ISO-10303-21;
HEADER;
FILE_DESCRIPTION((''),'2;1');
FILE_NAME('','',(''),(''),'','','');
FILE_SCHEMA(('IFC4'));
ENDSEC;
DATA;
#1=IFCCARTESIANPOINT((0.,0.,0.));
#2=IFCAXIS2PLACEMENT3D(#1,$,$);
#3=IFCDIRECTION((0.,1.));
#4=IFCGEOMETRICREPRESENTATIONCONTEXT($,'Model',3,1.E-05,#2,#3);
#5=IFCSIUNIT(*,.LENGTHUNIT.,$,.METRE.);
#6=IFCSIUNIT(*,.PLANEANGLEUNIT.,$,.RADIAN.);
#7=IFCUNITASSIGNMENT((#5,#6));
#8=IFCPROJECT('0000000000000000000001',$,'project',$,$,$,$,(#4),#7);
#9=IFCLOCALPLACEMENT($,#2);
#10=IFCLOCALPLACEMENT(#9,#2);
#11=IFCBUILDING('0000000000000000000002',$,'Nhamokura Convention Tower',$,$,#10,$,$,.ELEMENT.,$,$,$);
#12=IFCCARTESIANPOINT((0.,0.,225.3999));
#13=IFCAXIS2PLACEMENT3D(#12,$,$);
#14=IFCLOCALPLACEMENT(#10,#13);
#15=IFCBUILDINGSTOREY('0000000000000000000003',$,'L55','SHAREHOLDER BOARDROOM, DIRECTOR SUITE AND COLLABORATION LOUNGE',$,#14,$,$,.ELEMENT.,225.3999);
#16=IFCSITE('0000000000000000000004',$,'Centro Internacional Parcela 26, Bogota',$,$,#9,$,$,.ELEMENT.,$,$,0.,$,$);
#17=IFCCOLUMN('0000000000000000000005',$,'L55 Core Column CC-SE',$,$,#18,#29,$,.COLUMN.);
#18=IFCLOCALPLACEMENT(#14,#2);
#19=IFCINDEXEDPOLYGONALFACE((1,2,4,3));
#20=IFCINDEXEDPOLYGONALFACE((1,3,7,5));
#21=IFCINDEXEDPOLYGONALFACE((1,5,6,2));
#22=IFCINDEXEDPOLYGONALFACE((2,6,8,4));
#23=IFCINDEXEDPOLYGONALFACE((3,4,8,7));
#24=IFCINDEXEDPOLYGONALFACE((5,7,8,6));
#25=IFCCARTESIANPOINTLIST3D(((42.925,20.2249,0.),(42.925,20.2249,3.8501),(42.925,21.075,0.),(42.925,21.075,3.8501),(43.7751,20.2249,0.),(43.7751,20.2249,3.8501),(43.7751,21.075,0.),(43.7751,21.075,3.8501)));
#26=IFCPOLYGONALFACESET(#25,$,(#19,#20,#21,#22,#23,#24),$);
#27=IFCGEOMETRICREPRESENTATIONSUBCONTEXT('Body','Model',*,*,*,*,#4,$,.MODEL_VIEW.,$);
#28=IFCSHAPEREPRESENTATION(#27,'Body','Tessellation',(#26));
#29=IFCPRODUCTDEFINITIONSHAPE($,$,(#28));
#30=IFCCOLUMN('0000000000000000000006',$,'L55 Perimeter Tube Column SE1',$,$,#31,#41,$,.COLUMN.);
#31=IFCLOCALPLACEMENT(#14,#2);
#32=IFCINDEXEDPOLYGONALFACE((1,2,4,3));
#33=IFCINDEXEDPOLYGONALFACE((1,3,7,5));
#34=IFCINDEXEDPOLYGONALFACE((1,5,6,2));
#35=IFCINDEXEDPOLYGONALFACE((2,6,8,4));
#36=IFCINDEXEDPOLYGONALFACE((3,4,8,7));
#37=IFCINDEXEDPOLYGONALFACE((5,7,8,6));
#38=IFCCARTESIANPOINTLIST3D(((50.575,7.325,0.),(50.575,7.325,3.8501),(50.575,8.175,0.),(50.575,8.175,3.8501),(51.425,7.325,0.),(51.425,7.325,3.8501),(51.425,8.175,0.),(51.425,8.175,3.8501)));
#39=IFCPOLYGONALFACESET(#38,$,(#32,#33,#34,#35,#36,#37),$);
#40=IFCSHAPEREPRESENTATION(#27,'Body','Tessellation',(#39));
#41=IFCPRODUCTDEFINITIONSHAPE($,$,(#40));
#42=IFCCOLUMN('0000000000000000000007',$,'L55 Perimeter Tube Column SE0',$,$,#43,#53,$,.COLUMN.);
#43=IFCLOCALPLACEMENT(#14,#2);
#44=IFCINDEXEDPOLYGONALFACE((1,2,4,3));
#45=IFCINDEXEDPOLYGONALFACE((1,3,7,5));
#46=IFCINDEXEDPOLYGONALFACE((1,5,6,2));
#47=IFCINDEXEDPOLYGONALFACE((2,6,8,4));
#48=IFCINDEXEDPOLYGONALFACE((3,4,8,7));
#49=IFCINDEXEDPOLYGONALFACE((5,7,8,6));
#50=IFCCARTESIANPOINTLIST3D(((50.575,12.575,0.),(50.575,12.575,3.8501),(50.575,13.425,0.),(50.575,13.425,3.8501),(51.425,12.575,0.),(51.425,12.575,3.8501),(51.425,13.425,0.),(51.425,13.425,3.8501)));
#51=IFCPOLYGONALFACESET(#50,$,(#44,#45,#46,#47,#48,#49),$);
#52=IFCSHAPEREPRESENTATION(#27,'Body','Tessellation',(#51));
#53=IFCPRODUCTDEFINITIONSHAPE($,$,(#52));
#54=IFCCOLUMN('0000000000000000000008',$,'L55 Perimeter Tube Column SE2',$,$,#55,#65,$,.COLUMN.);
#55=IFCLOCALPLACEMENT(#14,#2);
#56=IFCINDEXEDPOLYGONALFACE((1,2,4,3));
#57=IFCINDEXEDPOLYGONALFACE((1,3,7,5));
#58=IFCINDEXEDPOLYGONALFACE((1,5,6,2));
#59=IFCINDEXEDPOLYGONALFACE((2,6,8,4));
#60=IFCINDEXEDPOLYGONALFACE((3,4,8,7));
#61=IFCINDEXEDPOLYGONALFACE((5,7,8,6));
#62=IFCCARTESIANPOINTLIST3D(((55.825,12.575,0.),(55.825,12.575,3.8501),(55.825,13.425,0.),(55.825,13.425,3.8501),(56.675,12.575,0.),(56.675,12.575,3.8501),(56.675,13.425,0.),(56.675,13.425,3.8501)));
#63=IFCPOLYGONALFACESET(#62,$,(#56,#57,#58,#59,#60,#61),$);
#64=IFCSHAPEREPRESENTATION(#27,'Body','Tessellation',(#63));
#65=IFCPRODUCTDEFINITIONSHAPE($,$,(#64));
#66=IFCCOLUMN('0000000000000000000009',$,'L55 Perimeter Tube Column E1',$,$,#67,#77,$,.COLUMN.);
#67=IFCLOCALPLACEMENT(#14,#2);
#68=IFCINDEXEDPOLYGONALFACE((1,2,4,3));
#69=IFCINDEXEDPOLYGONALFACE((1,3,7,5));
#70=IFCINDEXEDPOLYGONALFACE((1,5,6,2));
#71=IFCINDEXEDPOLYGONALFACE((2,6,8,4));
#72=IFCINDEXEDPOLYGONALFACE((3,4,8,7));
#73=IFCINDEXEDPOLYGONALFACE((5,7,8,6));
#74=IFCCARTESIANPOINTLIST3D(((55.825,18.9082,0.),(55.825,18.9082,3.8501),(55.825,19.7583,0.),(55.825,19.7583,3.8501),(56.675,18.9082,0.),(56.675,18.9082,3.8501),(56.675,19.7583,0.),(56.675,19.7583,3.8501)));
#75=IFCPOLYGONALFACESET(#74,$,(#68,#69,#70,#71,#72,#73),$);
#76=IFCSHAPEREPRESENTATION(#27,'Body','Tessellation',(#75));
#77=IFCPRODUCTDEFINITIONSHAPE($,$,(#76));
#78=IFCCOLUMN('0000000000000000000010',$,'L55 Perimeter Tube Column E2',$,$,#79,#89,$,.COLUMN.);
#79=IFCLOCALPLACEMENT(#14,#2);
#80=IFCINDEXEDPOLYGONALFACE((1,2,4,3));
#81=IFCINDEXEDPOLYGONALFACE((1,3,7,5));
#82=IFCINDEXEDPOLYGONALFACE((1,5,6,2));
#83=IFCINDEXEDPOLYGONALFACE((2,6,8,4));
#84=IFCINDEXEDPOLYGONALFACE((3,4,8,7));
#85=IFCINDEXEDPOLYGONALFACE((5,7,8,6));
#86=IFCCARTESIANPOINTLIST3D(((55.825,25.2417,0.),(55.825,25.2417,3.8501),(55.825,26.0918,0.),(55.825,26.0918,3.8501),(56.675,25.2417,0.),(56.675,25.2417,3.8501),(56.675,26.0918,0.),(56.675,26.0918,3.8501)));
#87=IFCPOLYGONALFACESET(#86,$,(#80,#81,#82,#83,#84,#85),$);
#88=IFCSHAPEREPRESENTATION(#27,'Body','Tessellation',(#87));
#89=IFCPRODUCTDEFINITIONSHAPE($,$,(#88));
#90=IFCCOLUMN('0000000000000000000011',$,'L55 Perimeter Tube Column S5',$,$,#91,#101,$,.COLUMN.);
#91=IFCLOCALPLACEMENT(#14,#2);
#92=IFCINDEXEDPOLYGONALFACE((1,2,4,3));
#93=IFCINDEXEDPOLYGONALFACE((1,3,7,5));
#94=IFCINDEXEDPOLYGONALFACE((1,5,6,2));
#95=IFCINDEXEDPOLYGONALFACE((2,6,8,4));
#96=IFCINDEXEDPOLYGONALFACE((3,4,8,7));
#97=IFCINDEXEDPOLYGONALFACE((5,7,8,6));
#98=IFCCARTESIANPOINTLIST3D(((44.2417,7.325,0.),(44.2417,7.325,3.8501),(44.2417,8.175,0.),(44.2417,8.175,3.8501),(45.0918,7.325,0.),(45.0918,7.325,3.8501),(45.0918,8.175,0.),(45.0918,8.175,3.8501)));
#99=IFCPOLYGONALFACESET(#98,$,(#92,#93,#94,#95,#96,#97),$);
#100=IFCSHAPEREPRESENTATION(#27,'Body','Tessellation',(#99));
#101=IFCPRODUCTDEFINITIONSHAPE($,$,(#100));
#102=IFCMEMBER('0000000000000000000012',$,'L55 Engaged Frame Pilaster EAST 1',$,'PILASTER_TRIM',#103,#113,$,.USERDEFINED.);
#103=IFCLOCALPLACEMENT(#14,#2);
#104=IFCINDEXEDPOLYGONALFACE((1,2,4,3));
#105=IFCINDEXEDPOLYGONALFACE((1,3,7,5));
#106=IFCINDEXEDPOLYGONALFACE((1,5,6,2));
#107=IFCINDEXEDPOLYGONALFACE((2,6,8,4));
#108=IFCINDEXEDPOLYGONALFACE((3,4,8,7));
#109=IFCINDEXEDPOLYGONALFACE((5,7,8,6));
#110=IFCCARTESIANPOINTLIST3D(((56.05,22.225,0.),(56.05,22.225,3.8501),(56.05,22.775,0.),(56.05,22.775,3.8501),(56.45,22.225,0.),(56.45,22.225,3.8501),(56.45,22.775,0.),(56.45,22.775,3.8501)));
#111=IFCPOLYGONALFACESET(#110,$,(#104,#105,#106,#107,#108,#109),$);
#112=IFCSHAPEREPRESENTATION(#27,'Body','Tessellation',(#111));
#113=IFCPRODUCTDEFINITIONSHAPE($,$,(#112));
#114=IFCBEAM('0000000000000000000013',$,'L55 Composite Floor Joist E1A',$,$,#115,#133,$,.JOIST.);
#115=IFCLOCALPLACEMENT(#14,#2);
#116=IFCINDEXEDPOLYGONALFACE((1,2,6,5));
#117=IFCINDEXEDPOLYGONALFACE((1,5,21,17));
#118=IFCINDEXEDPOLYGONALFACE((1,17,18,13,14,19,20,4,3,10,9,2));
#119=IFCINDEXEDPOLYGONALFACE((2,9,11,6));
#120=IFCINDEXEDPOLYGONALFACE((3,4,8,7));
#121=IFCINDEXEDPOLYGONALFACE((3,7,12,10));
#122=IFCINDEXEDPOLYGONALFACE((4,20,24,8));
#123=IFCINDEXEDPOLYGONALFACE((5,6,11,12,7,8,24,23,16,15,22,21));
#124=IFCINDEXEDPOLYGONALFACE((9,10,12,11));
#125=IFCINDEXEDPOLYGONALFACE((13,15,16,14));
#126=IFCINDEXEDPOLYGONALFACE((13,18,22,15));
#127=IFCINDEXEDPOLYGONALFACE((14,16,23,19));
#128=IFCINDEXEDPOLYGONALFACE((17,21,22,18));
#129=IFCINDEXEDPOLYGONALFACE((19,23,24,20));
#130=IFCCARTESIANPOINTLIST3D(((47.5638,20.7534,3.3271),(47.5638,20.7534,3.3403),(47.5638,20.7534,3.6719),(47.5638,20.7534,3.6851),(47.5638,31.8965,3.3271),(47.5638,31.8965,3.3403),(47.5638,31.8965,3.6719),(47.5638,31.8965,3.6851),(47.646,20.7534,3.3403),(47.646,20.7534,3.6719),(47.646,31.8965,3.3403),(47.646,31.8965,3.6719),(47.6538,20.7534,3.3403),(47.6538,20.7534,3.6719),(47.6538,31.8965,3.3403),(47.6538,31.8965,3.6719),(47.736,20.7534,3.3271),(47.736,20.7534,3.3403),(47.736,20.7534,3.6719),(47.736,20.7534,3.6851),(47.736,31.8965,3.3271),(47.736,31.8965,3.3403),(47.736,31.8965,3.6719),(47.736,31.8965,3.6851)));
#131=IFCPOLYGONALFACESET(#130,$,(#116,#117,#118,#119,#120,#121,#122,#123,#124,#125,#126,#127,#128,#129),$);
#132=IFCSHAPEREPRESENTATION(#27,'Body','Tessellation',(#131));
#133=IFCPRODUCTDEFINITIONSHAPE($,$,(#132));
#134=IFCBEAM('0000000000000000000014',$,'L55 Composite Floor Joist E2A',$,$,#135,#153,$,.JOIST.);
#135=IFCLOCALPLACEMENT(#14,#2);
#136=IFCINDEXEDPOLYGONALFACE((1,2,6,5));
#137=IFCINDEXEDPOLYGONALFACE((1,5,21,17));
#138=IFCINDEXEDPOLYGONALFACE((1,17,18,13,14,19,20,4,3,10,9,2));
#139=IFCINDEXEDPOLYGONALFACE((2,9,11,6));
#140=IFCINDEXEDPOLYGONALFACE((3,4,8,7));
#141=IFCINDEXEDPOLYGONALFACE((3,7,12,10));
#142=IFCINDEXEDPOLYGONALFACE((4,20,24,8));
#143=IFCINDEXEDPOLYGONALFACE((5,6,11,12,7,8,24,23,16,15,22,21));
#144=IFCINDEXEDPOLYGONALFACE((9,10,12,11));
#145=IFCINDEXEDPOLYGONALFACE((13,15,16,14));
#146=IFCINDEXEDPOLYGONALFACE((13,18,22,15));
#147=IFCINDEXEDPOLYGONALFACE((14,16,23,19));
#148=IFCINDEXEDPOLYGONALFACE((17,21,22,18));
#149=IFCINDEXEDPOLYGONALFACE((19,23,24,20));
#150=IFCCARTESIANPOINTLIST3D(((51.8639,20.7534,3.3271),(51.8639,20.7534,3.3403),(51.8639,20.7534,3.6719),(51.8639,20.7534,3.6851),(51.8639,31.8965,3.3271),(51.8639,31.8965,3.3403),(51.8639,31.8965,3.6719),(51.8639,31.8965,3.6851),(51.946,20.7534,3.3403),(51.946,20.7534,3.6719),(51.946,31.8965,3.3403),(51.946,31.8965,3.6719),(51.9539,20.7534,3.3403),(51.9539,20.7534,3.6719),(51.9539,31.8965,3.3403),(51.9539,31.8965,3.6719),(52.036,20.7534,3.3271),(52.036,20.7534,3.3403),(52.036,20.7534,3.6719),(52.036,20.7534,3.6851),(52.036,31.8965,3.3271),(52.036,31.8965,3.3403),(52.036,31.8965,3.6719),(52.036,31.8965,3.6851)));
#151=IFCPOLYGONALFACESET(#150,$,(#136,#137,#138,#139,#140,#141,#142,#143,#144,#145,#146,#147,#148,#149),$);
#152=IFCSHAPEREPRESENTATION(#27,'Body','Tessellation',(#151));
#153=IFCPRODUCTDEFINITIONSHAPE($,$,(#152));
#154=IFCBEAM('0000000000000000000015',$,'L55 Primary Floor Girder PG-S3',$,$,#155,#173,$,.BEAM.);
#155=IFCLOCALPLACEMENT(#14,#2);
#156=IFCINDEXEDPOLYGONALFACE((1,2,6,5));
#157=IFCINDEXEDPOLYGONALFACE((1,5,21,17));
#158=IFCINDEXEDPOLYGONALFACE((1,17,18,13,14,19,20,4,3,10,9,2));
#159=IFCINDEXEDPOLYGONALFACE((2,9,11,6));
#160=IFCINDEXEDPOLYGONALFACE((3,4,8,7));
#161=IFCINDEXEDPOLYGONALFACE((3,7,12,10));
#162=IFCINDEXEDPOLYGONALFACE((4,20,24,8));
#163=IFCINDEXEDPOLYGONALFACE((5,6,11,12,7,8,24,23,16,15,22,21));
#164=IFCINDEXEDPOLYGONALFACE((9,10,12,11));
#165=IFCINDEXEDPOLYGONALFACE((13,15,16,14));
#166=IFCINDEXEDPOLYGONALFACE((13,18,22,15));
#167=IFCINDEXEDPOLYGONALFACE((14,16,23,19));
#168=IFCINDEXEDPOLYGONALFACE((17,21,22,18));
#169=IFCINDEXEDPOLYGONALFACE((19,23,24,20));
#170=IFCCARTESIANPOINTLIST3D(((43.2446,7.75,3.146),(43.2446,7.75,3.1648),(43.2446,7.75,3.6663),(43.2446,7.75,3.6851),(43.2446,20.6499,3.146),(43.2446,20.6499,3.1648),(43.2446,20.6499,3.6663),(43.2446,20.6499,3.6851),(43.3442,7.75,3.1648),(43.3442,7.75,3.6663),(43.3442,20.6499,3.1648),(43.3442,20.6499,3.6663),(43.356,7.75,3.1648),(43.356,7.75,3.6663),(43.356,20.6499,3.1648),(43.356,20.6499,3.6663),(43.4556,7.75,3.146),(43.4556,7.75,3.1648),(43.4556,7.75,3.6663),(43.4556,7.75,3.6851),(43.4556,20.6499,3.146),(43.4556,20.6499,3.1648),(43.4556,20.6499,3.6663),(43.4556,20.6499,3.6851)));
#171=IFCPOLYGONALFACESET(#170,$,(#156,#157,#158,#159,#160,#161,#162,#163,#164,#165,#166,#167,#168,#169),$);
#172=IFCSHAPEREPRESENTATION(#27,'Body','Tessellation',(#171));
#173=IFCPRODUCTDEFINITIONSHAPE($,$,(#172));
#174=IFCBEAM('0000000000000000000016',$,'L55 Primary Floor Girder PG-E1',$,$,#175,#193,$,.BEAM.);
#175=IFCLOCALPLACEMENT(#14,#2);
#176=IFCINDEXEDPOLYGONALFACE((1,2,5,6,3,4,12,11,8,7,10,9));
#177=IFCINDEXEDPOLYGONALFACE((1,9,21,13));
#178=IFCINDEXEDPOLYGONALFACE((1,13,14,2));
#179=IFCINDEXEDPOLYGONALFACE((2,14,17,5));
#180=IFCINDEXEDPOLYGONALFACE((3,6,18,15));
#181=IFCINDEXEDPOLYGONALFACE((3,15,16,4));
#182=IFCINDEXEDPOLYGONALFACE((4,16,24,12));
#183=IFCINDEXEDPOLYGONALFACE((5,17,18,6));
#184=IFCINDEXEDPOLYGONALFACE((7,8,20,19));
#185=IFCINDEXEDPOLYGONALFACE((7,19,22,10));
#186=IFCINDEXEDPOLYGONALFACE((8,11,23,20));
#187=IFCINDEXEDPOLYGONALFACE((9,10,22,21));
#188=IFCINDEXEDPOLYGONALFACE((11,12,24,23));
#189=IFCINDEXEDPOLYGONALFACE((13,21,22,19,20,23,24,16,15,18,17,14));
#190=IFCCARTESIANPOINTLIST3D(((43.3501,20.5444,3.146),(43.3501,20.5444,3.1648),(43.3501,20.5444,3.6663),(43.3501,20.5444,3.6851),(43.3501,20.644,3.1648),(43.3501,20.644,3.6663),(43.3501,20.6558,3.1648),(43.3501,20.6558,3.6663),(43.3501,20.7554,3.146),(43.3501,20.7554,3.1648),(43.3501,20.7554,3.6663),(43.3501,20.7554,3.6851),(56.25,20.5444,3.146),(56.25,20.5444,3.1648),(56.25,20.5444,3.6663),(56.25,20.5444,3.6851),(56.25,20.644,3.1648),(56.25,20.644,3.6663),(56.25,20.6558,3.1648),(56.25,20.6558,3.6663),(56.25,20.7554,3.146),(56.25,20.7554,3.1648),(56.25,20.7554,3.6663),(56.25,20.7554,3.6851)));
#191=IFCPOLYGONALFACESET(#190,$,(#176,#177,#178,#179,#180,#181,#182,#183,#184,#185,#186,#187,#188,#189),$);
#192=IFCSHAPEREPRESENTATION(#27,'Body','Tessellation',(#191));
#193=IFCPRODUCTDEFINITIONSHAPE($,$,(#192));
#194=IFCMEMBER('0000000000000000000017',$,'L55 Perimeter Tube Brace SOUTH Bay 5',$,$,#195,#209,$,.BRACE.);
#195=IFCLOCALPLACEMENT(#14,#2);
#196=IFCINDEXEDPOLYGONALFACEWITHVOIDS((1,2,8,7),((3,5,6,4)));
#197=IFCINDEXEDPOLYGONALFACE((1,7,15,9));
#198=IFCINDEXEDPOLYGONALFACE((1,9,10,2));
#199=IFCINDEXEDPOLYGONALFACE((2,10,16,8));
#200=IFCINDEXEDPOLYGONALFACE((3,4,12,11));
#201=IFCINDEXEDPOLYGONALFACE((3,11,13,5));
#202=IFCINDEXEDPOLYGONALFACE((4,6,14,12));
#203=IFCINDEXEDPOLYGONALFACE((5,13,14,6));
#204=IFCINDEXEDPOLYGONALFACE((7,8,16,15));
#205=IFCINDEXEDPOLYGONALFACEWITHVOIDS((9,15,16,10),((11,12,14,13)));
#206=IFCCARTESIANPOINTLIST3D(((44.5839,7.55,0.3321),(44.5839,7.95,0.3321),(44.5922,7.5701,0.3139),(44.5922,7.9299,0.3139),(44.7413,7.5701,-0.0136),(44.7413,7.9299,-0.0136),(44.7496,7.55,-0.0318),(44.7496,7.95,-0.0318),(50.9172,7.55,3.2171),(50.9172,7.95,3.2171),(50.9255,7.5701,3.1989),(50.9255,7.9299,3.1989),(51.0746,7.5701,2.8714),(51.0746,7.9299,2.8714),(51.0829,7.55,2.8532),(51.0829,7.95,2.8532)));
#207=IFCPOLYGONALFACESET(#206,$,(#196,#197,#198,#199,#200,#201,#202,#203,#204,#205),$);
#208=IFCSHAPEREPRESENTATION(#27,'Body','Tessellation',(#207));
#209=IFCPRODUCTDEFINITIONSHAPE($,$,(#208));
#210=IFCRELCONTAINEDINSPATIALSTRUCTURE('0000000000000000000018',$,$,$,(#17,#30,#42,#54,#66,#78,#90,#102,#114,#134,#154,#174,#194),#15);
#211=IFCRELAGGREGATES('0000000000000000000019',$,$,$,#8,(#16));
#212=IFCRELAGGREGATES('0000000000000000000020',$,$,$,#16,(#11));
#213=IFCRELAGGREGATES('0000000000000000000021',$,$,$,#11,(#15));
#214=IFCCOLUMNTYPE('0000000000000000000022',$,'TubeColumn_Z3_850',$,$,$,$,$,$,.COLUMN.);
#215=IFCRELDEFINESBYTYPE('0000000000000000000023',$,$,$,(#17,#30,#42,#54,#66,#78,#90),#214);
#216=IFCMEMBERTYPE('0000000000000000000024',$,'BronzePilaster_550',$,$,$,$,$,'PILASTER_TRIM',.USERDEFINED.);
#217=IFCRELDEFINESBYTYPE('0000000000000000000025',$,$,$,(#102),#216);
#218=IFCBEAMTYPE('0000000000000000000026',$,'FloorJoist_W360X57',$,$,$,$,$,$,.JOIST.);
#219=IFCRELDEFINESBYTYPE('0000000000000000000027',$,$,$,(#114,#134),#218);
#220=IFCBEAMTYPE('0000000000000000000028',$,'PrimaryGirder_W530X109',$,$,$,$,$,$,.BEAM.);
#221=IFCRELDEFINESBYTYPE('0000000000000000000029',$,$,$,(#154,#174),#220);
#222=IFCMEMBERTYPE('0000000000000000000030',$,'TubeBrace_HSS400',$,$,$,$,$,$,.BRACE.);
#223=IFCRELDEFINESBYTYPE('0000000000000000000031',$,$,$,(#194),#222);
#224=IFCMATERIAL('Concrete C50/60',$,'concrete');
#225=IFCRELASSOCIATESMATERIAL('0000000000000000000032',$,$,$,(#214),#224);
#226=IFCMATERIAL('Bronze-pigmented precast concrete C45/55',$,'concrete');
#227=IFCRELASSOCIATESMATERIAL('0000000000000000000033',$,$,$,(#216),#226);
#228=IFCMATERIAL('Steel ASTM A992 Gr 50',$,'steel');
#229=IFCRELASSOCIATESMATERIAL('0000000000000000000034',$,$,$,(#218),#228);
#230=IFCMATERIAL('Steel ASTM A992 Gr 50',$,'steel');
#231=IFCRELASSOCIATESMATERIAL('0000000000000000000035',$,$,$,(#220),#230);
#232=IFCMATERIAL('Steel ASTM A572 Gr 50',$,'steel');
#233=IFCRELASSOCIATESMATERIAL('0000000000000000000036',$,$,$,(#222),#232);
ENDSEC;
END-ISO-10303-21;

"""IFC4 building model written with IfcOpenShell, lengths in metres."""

from ifc_helpers import new_model, si_unit, direction, frame, origin, origin_2d, place, context, subcontext, project, spatial, rectangle, hollow_rectangle, i_section, extrude, material, material_profile, profile_set, type_object, element, save


model = new_model("IFC4")

# Units and contexts
model_context = context("Model", 3, precision=1e-05, world=origin(), true_north=direction((0.0, 1.0)))
body_context = subcontext(model_context, "Body", "Model", "MODEL_VIEW")
ifc_project = project(units=[si_unit("LENGTHUNIT", "METRE"), si_unit("PLANEANGLEUNIT", "RADIAN")], contexts=[model_context])

# Site, building, storey
site_placement = place(None, origin())
site = spatial("IfcSite", under=ifc_project, at=site_placement, Name="Centro Internacional Parcela 26, Bogota", CompositionType="ELEMENT", RefElevation=0.0)
building_placement = place(site_placement, origin())
building = spatial("IfcBuilding", under=site, at=building_placement, Name="Nhamokura Convention Tower", CompositionType="ELEMENT")
storey_placement = place(building_placement, frame((0.0, 0.0, 225.3999)))
storey = spatial("IfcBuildingStorey", under=building, at=storey_placement, Name="L55", Description="SHAREHOLDER BOARDROOM, DIRECTOR SUITE AND COLLABORATION LOUNGE", CompositionType="ELEMENT", Elevation=225.3999)

# Columns
ifc_material_1 = material(Name="Concrete C50/60", Category="concrete")
ifc_material_profile_1 = material_profile(ifc_material_1, rectangle(XDim=0.8501, YDim=0.8501, at=origin_2d()))
ifc_profile_set_1 = profile_set([ifc_material_profile_1], Name="Concrete C50/60")
column_type = type_object("IfcColumnType", Name="TubeColumn_Z3_850", PredefinedType="COLUMN", material=ifc_profile_set_1)
for number, where, z_axis, x_axis, name in (
    (1, (43.3501, 20.6499, 0.0), (0.0, 0.0, 1.0), (1.0, 0.0, 0.0), "L55 Core Column CC-SE"),
    (2, (51.0, 7.75, 0.0), (0.0, 0.0, 1.0), (1.0, 0.0, 0.0), "L55 Perimeter Tube Column SE1"),
    (3, (51.0, 13.0, 0.0), (0.0, 0.0, 1.0), (1.0, 0.0, 0.0), "L55 Perimeter Tube Column SE0"),
    (4, (56.25, 13.0, 0.0), (0.0, 0.0, 1.0), (1.0, 0.0, 0.0), "L55 Perimeter Tube Column SE2"),
    (5, (56.25, 19.3333, 0.0), (0.0, 0.0, 1.0), (1.0, 0.0, 0.0), "L55 Perimeter Tube Column E1"),
    (6, (56.25, 25.6667, 0.0), (0.0, 0.0, 1.0), (1.0, 0.0, 0.0), "L55 Perimeter Tube Column E2"),
    (7, (44.6667, 7.75, 0.0), (0.0, 0.0, 1.0), (1.0, 0.0, 0.0), "L55 Perimeter Tube Column S5"),
):
    element("IfcColumn", number, at=place(storey_placement, frame(where, z_axis=z_axis, x_axis=x_axis)), inside=storey, type_object=column_type, Name=name, PredefinedType="COLUMN", context=body_context, shape_type="SweptSolid", body=[
        extrude(rectangle(XDim=0.8501, YDim=0.8501, at=origin_2d()), origin(), (0.0, 0.0, 1.0), 3.8501),
    ])

# Member
ifc_material_2 = material(Name="Bronze-pigmented precast concrete C45/55", Category="concrete")
ifc_material_profile_2 = material_profile(ifc_material_2, rectangle(XDim=0.3999, YDim=0.55, at=origin_2d()))
ifc_profile_set_2 = profile_set([ifc_material_profile_2], Name="Bronze-pigmented precast concrete C45/55")
member_type_1 = type_object("IfcMemberType", Name="BronzePilaster_550", ElementType="PILASTER_TRIM", PredefinedType="USERDEFINED", material=ifc_profile_set_2)
member_placement = place(storey_placement, frame((56.25, 22.5, 0.0), z_axis=(0.0, 0.0, 1.0), x_axis=(1.0, 0.0, 0.0)))
element("IfcMember", 8, at=member_placement, inside=storey, type_object=member_type_1, Name="L55 Engaged Frame Pilaster EAST 1", ObjectType="PILASTER_TRIM", PredefinedType="USERDEFINED", context=body_context, shape_type="SweptSolid", body=[
    extrude(rectangle(XDim=0.3999, YDim=0.55, at=origin_2d()), origin(), (0.0, 0.0, 1.0), 3.8501),
])

# Beams
ifc_material_3 = material(Name="Steel ASTM A992 Gr 50", Category="steel")
ifc_material_profile_3 = material_profile(ifc_material_3, i_section(OverallWidth=0.1721, OverallDepth=0.3579, WebThickness=0.0078, FlangeThickness=0.0132, at=origin_2d()))
ifc_profile_set_3 = profile_set([ifc_material_profile_3], Name="Steel ASTM A992 Gr 50")
beam_type_1 = type_object("IfcBeamType", Name="FloorJoist_W360X57", PredefinedType="JOIST", material=ifc_profile_set_3)
for number, where, z_axis, x_axis, name in (
    (9, (47.6499, 20.7534, 3.5061), (0.0, 1.0, 0.0), (-1.0, 0.0, 0.0), "L55 Composite Floor Joist E1A"),
    (10, (51.95, 20.7534, 3.5061), (0.0, 1.0, 0.0), (-1.0, 0.0, 0.0), "L55 Composite Floor Joist E2A"),
):
    element("IfcBeam", number, at=place(storey_placement, frame(where, z_axis=z_axis, x_axis=x_axis)), inside=storey, type_object=beam_type_1, Name=name, PredefinedType="JOIST", context=body_context, shape_type="SweptSolid", body=[
        extrude(i_section(OverallWidth=0.1721, OverallDepth=0.3579, WebThickness=0.0078, FlangeThickness=0.0132, at=origin_2d()), origin(), (0.0, 0.0, 1.0), 11.1431),
    ])
ifc_material_4 = material(Name="Steel ASTM A992 Gr 50", Category="steel")
ifc_material_profile_4 = material_profile(ifc_material_4, i_section(OverallWidth=0.2109, OverallDepth=0.5391, WebThickness=0.0117, FlangeThickness=0.0188, at=origin_2d()))
ifc_profile_set_4 = profile_set([ifc_material_profile_4], Name="Steel ASTM A992 Gr 50")
beam_type_2 = type_object("IfcBeamType", Name="PrimaryGirder_W530X109", PredefinedType="BEAM", material=ifc_profile_set_4)
for number, where, z_axis, x_axis, name in (
    (11, (43.3501, 7.75, 3.4155), (0.0, 1.0, 0.0), (-1.0, 0.0, 0.0), "L55 Primary Floor Girder PG-S3"),
    (12, (43.3501, 20.6499, 3.4155), (1.0, 0.0, 0.0), (0.0, 1.0, 0.0), "L55 Primary Floor Girder PG-E1"),
):
    element("IfcBeam", number, at=place(storey_placement, frame(where, z_axis=z_axis, x_axis=x_axis)), inside=storey, type_object=beam_type_2, Name=name, PredefinedType="BEAM", context=body_context, shape_type="SweptSolid", body=[
        extrude(i_section(OverallWidth=0.2109, OverallDepth=0.5391, WebThickness=0.0117, FlangeThickness=0.0188, at=origin_2d()), origin(), (0.0, 0.0, 1.0), 12.8999),
    ])

# Member
ifc_material_5 = material(Name="Steel ASTM A572 Gr 50", Category="steel")
ifc_material_profile_5 = material_profile(ifc_material_5, hollow_rectangle(XDim=0.3999, YDim=0.3999, WallThickness=0.02, at=origin_2d()))
ifc_profile_set_5 = profile_set([ifc_material_profile_5], Name="Steel ASTM A572 Gr 50")
member_type_2 = type_object("IfcMemberType", Name="TubeBrace_HSS400", PredefinedType="BRACE", material=ifc_profile_set_5)
for number, where, z_axis, x_axis, name in (
    (13, (44.6667, 7.75, 0.1501), (0.910027, 0.0, 0.414548), (0.0, 1.0, 0.0), "L55 Perimeter Tube Brace SOUTH Bay 5"),
):
    element("IfcMember", number, at=place(storey_placement, frame(where, z_axis=z_axis, x_axis=x_axis)), inside=storey, type_object=member_type_2, Name=name, PredefinedType="BRACE", context=body_context, shape_type="SweptSolid", body=[
        extrude(hollow_rectangle(XDim=0.3999, YDim=0.3999, WallThickness=0.02, at=origin_2d()), origin(), (0.0, 0.0, 1.0), 6.9595),
    ])

save(model, "model.ifc")
